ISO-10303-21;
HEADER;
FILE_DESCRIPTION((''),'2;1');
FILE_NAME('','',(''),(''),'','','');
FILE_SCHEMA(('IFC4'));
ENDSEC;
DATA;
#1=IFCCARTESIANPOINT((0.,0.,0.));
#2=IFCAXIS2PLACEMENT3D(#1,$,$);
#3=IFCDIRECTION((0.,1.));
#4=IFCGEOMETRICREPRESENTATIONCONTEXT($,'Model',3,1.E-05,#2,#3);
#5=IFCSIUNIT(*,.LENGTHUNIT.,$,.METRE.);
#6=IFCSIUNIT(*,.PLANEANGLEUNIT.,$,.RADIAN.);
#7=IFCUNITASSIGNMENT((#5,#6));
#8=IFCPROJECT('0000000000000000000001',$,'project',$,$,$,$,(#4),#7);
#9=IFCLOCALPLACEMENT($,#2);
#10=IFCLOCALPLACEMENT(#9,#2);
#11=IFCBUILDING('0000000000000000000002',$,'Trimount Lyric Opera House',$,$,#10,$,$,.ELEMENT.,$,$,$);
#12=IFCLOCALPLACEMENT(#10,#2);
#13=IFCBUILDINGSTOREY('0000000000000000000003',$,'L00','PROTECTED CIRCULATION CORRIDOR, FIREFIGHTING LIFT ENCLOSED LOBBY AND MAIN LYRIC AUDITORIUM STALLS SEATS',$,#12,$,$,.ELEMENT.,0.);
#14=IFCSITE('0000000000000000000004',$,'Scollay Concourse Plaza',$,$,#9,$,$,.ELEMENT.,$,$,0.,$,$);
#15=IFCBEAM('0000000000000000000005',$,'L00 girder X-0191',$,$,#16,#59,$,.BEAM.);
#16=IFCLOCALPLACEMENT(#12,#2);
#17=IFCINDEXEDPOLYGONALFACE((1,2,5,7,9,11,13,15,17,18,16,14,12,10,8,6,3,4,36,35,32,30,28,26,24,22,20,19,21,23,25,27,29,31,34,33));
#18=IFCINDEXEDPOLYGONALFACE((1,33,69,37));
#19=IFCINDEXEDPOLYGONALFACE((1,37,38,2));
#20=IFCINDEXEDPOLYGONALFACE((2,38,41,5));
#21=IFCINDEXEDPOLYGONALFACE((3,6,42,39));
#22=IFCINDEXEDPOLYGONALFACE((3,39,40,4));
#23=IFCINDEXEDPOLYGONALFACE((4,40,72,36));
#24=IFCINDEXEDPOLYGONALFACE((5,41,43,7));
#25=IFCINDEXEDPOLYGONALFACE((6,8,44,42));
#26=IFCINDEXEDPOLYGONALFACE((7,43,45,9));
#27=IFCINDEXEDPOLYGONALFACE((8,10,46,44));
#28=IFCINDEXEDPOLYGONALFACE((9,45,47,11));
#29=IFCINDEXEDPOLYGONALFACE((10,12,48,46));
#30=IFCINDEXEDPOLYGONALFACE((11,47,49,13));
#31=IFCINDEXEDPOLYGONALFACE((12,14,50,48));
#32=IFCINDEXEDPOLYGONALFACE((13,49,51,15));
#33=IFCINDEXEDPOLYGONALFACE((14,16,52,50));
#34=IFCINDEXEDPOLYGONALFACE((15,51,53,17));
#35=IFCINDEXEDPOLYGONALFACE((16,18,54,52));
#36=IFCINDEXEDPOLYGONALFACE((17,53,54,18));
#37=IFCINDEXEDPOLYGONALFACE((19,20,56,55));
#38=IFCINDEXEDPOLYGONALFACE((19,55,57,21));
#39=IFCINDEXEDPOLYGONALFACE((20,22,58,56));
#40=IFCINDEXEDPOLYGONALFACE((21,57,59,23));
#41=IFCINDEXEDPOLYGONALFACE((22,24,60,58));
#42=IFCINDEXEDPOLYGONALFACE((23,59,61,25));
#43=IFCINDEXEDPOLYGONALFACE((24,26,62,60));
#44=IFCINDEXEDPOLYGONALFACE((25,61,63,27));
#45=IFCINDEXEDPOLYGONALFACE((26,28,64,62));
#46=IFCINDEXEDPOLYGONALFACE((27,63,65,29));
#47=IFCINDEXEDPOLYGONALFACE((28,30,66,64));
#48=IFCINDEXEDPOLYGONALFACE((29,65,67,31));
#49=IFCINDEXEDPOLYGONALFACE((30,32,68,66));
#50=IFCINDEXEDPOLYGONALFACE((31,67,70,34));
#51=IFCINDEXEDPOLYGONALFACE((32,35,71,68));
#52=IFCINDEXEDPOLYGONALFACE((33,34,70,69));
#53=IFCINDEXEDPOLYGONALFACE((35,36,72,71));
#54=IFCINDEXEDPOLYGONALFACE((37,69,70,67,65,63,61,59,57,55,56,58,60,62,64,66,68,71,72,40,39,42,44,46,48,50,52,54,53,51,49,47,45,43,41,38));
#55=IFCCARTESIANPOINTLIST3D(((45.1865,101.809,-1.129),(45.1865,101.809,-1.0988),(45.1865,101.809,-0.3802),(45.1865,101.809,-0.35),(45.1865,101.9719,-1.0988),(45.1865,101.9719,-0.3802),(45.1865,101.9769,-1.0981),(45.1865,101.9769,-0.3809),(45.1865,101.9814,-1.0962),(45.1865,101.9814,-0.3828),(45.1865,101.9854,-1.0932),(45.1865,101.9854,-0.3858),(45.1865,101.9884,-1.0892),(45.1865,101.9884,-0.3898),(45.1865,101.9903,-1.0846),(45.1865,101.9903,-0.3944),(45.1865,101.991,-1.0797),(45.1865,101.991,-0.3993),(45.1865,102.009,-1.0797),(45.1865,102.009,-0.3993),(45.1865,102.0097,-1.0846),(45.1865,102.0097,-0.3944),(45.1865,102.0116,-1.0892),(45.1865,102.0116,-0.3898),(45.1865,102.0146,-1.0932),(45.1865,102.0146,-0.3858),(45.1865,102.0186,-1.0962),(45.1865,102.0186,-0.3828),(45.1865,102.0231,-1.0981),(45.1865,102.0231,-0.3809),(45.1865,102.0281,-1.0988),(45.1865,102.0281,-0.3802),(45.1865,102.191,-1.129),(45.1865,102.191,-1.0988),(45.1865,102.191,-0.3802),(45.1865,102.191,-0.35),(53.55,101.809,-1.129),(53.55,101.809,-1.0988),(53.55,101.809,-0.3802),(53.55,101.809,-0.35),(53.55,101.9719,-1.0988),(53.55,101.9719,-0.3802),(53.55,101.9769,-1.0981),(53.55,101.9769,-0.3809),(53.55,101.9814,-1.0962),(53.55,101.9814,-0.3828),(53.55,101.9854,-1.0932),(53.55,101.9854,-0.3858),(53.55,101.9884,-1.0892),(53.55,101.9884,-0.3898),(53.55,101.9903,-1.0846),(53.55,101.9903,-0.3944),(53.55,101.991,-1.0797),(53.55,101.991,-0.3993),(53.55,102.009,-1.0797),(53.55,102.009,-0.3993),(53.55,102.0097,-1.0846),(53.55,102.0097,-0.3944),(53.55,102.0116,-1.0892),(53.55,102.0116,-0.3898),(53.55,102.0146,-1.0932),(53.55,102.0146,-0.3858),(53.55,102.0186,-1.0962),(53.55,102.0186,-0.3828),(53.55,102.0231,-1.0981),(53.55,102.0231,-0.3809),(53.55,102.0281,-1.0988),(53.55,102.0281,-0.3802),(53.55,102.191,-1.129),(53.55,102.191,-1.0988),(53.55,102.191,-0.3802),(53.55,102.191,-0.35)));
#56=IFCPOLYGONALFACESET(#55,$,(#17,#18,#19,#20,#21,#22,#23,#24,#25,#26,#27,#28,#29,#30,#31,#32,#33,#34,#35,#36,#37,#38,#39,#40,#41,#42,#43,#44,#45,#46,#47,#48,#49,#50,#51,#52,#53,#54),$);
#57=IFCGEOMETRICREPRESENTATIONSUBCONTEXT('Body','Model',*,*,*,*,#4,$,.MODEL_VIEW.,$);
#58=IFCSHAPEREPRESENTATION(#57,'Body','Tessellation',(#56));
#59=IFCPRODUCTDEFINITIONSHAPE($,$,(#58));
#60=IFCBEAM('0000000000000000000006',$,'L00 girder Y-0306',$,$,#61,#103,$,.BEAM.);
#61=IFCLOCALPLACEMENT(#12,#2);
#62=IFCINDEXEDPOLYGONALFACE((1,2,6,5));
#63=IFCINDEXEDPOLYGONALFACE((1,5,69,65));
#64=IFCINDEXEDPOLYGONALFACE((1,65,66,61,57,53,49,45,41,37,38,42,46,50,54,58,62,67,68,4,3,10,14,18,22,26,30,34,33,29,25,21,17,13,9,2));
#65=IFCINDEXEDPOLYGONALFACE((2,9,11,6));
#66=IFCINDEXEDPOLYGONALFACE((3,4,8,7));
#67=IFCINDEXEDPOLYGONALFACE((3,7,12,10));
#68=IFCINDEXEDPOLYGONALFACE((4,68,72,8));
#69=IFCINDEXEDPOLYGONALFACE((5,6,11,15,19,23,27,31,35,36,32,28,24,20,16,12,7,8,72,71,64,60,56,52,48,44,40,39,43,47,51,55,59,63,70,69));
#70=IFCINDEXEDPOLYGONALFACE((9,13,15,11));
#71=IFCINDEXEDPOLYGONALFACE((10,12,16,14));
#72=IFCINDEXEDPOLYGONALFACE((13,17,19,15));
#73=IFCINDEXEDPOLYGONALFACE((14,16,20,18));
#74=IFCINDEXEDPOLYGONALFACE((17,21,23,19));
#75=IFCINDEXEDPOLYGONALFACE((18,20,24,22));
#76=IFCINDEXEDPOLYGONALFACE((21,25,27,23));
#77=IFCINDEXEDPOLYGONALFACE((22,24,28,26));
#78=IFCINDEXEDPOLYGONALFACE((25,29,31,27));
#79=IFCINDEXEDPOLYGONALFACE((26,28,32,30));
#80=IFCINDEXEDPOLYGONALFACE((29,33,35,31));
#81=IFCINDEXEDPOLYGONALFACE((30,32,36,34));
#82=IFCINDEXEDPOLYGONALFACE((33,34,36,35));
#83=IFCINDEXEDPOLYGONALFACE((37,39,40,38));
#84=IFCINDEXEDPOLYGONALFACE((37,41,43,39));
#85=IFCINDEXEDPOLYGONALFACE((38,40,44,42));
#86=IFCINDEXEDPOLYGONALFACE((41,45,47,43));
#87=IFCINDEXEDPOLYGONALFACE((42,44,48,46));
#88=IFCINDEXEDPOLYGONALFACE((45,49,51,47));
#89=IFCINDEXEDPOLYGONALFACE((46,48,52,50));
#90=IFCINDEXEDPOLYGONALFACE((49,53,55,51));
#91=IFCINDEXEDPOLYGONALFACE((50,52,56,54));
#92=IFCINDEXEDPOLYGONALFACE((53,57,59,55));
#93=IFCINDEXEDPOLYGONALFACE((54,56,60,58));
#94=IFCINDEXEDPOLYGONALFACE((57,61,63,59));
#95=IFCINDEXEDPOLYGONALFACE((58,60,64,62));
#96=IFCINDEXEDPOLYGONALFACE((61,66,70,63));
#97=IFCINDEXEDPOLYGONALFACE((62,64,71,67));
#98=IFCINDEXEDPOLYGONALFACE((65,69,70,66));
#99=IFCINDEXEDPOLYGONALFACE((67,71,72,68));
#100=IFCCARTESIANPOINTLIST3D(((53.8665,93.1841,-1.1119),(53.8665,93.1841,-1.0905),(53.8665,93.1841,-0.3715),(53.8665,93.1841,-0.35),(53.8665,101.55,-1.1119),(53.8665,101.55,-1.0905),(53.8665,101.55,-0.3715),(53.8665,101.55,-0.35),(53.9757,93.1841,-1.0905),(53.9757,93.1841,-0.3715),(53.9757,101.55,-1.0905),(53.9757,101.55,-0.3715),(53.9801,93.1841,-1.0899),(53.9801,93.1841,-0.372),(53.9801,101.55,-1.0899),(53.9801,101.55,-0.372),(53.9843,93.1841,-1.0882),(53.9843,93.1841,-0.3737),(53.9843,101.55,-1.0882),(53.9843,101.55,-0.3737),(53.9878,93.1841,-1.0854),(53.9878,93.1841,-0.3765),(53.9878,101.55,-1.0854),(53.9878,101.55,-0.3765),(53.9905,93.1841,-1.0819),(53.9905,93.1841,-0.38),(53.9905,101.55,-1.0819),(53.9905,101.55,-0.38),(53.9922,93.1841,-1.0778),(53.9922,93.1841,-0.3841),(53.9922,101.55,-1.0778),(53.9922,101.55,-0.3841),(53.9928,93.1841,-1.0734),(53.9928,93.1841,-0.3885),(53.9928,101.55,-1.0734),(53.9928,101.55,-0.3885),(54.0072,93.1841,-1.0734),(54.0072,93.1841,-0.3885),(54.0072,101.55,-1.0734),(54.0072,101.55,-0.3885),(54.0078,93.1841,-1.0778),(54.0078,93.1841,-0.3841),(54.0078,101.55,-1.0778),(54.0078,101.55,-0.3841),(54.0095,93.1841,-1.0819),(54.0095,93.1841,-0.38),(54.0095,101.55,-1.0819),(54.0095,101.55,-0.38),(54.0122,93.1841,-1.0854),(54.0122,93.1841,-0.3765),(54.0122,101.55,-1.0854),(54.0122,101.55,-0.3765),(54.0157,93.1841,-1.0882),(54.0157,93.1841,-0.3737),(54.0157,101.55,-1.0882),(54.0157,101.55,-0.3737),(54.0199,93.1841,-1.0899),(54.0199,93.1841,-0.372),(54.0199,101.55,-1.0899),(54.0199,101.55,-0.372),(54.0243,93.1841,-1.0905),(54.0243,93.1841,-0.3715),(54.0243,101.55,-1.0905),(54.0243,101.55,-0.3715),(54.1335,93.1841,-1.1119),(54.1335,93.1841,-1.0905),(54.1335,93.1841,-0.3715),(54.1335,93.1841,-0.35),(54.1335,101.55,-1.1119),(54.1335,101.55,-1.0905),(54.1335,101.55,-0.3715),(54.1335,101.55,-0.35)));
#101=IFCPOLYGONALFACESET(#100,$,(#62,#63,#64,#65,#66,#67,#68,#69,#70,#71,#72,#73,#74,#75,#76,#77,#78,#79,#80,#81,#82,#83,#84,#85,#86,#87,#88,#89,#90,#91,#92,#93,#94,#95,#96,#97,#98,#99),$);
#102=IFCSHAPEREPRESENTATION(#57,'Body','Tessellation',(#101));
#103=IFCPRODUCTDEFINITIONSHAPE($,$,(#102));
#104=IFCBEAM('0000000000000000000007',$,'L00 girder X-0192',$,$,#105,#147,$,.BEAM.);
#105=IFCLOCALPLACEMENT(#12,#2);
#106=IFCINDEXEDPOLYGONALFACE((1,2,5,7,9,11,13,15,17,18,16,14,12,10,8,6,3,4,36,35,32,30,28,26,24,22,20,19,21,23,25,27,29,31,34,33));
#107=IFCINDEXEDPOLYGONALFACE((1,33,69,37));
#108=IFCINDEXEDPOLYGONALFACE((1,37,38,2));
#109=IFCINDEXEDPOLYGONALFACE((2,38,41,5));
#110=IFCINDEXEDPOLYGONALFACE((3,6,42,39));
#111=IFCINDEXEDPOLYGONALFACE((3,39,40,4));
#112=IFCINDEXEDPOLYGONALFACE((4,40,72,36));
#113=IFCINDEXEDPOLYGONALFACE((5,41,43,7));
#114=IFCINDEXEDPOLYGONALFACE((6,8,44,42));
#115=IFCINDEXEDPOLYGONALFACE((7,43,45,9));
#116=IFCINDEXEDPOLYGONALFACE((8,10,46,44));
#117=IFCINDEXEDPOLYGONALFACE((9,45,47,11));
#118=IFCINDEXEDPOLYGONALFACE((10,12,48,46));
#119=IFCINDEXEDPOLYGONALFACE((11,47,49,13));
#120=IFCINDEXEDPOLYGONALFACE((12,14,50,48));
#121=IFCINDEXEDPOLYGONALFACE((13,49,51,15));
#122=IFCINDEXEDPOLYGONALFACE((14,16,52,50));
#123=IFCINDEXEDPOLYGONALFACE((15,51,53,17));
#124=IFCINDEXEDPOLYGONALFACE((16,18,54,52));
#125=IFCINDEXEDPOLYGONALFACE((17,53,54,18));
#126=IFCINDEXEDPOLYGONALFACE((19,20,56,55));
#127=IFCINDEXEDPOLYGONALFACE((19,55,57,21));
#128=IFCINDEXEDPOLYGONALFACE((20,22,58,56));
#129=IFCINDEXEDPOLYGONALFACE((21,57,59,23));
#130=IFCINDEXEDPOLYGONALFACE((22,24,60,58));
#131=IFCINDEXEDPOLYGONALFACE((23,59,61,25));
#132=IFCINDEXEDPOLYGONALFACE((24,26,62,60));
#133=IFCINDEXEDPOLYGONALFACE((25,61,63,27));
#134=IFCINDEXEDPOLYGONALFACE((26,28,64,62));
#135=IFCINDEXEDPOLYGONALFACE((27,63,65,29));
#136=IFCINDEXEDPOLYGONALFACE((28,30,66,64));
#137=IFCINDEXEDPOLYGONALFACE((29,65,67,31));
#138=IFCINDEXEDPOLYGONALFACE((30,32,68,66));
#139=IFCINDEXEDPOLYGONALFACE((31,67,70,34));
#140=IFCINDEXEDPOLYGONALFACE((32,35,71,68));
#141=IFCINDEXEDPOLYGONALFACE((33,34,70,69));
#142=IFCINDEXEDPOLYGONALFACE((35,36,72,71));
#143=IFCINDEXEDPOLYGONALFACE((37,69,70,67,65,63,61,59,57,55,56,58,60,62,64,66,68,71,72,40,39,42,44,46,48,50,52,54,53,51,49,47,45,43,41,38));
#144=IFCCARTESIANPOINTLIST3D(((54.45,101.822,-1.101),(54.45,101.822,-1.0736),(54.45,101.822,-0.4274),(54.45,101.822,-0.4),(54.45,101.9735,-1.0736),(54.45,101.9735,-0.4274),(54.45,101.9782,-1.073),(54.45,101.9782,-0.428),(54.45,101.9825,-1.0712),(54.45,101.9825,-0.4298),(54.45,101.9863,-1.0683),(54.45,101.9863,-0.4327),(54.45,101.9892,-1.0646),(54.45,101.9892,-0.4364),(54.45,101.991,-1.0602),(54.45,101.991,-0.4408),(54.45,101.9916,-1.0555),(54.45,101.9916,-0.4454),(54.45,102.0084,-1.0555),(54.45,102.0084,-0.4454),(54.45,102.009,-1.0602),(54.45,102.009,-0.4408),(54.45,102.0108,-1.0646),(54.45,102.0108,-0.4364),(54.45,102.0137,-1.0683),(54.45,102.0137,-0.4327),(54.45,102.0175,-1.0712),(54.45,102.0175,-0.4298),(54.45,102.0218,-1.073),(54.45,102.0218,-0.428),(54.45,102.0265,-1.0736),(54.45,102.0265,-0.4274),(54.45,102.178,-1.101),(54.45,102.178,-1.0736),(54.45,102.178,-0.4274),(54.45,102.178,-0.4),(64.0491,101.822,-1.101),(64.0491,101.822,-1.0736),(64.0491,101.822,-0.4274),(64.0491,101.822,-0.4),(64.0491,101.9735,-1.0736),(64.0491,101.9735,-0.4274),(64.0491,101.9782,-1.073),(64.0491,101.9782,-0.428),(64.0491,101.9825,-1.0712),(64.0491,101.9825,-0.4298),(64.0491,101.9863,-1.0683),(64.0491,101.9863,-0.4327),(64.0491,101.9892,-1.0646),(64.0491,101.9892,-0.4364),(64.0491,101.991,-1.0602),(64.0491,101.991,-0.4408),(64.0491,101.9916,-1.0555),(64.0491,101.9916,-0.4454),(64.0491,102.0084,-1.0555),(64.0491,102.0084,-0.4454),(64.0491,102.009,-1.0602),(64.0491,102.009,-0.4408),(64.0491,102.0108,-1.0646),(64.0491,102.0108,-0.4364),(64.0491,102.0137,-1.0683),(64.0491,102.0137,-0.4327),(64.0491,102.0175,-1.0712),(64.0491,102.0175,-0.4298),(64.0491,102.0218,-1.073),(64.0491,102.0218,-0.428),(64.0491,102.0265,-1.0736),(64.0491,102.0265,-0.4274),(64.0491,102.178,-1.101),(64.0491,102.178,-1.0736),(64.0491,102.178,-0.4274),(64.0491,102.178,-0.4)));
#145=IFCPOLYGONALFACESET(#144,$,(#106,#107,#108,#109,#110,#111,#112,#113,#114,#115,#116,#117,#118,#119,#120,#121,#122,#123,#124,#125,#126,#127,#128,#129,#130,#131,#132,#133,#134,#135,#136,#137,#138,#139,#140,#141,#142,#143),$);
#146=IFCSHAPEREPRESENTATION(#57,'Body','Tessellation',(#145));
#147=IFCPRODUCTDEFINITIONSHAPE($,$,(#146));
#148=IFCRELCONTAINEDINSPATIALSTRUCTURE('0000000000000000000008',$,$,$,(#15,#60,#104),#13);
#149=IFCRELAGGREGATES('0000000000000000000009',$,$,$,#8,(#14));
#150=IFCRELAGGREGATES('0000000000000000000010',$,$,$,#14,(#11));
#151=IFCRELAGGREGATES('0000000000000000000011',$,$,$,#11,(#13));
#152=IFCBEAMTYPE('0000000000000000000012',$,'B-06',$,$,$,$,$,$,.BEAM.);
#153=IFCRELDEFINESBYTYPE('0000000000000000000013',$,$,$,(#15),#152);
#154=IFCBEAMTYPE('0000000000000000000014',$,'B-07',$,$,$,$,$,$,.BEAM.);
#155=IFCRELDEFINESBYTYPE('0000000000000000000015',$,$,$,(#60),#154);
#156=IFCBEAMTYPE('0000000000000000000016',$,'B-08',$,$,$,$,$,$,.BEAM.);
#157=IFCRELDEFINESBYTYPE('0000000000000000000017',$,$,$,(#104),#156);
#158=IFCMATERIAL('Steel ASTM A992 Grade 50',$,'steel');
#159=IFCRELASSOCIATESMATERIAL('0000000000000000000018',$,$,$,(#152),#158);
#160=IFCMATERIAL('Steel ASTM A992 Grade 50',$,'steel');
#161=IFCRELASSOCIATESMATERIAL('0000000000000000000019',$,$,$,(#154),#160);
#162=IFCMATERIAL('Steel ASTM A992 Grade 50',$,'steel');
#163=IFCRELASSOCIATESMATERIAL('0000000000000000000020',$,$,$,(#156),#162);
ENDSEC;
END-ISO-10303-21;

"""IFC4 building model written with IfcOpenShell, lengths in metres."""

from ifc_helpers import new_model, si_unit, direction, frame, origin, origin_2d, place, context, subcontext, project, spatial, i_section, extrude, material, material_profile, profile_set, type_object, element, save


model = new_model("IFC4")

# Units and contexts
model_context = context("Model", 3, precision=1e-05, world=origin(), true_north=direction((0.0, 1.0)))
body_context = subcontext(model_context, "Body", "Model", "MODEL_VIEW")
ifc_project = project(units=[si_unit("LENGTHUNIT", "METRE"), si_unit("PLANEANGLEUNIT", "RADIAN")], contexts=[model_context])

# Site, building, storey
site_placement = place(None, origin())
site = spatial("IfcSite", under=ifc_project, at=site_placement, Name="Scollay Concourse Plaza", CompositionType="ELEMENT", RefElevation=0.0)
building_placement = place(site_placement, origin())
building = spatial("IfcBuilding", under=site, at=building_placement, Name="Trimount Lyric Opera House", CompositionType="ELEMENT")
storey_placement = place(building_placement, origin())
storey = spatial("IfcBuildingStorey", under=building, at=storey_placement, Name="L00", Description="PROTECTED CIRCULATION CORRIDOR, FIREFIGHTING LIFT ENCLOSED LOBBY AND MAIN LYRIC AUDITORIUM STALLS SEATS", CompositionType="ELEMENT", Elevation=0.0)

# Beams
ifc_material_1 = material(Name="Steel ASTM A992 Grade 50", Category="steel")
ifc_material_profile_1 = material_profile(ifc_material_1, i_section(OverallWidth=0.3821, OverallDepth=0.7791, WebThickness=0.0181, FlangeThickness=0.0303, FilletRadius=0.019, at=origin_2d()), Name="W30X191")
ifc_profile_set_1 = profile_set([ifc_material_profile_1], Name="Steel ASTM A992 Grade 50")
beam_type_1 = type_object("IfcBeamType", Name="B-06", PredefinedType="BEAM", material=ifc_profile_set_1)
beam_1_placement = place(storey_placement, frame((45.1865, 102.0, -0.7395), z_axis=(1.0, 0.0, 0.0), x_axis=(0.0, 1.0, 0.0)))
element("IfcBeam", 1, at=beam_1_placement, inside=storey, type_object=beam_type_1, Name="L00 girder X-0191", PredefinedType="BEAM", context=body_context, shape_type="SweptSolid", body=[
    extrude(i_section(OverallWidth=0.3821, OverallDepth=0.7791, WebThickness=0.0181, FlangeThickness=0.0303, FilletRadius=0.019, at=origin_2d()), origin(), (0.0, 0.0, 1.0), 8.3635),
])
ifc_material_2 = material(Name="Steel ASTM A992 Grade 50", Category="steel")
ifc_material_profile_2 = material_profile(ifc_material_2, i_section(OverallWidth=0.2671, OverallDepth=0.762, WebThickness=0.0144, FlangeThickness=0.0215, FilletRadius=0.0171, at=origin_2d()), Name="W30X116")
ifc_profile_set_2 = profile_set([ifc_material_profile_2], Name="Steel ASTM A992 Grade 50")
beam_type_2 = type_object("IfcBeamType", Name="B-07", PredefinedType="BEAM", material=ifc_profile_set_2)
beam_2_placement = place(storey_placement, frame((54.0, 93.1841, -0.731), z_axis=(0.0, 1.0, 0.0), x_axis=(-1.0, 0.0, 0.0)))
element("IfcBeam", 2, at=beam_2_placement, inside=storey, type_object=beam_type_2, Name="L00 girder Y-0306", PredefinedType="BEAM", context=body_context, shape_type="SweptSolid", body=[
    extrude(i_section(OverallWidth=0.2671, OverallDepth=0.762, WebThickness=0.0144, FlangeThickness=0.0215, FilletRadius=0.0171, at=origin_2d()), origin(), (0.0, 0.0, 1.0), 8.366),
])
ifc_material_3 = material(Name="Steel ASTM A992 Grade 50", Category="steel")
ifc_material_profile_3 = material_profile(ifc_material_3, i_section(OverallWidth=0.356, OverallDepth=0.7009, WebThickness=0.0168, FlangeThickness=0.0273, FilletRadius=0.0181, at=origin_2d()), Name="W27X161")
ifc_profile_set_3 = profile_set([ifc_material_profile_3], Name="Steel ASTM A992 Grade 50")
beam_type_3 = type_object("IfcBeamType", Name="B-08", PredefinedType="BEAM", material=ifc_profile_set_3)
beam_3_placement = place(storey_placement, frame((54.45, 102.0, -0.7505), z_axis=(1.0, 0.0, 0.0), x_axis=(0.0, 1.0, 0.0)))
element("IfcBeam", 3, at=beam_3_placement, inside=storey, type_object=beam_type_3, Name="L00 girder X-0192", PredefinedType="BEAM", context=body_context, shape_type="SweptSolid", body=[
    extrude(i_section(OverallWidth=0.356, OverallDepth=0.7009, WebThickness=0.0168, FlangeThickness=0.0273, FilletRadius=0.0181, at=origin_2d()), origin(), (0.0, 0.0, 1.0), 9.5991),
])

save(model, "model.ifc")
